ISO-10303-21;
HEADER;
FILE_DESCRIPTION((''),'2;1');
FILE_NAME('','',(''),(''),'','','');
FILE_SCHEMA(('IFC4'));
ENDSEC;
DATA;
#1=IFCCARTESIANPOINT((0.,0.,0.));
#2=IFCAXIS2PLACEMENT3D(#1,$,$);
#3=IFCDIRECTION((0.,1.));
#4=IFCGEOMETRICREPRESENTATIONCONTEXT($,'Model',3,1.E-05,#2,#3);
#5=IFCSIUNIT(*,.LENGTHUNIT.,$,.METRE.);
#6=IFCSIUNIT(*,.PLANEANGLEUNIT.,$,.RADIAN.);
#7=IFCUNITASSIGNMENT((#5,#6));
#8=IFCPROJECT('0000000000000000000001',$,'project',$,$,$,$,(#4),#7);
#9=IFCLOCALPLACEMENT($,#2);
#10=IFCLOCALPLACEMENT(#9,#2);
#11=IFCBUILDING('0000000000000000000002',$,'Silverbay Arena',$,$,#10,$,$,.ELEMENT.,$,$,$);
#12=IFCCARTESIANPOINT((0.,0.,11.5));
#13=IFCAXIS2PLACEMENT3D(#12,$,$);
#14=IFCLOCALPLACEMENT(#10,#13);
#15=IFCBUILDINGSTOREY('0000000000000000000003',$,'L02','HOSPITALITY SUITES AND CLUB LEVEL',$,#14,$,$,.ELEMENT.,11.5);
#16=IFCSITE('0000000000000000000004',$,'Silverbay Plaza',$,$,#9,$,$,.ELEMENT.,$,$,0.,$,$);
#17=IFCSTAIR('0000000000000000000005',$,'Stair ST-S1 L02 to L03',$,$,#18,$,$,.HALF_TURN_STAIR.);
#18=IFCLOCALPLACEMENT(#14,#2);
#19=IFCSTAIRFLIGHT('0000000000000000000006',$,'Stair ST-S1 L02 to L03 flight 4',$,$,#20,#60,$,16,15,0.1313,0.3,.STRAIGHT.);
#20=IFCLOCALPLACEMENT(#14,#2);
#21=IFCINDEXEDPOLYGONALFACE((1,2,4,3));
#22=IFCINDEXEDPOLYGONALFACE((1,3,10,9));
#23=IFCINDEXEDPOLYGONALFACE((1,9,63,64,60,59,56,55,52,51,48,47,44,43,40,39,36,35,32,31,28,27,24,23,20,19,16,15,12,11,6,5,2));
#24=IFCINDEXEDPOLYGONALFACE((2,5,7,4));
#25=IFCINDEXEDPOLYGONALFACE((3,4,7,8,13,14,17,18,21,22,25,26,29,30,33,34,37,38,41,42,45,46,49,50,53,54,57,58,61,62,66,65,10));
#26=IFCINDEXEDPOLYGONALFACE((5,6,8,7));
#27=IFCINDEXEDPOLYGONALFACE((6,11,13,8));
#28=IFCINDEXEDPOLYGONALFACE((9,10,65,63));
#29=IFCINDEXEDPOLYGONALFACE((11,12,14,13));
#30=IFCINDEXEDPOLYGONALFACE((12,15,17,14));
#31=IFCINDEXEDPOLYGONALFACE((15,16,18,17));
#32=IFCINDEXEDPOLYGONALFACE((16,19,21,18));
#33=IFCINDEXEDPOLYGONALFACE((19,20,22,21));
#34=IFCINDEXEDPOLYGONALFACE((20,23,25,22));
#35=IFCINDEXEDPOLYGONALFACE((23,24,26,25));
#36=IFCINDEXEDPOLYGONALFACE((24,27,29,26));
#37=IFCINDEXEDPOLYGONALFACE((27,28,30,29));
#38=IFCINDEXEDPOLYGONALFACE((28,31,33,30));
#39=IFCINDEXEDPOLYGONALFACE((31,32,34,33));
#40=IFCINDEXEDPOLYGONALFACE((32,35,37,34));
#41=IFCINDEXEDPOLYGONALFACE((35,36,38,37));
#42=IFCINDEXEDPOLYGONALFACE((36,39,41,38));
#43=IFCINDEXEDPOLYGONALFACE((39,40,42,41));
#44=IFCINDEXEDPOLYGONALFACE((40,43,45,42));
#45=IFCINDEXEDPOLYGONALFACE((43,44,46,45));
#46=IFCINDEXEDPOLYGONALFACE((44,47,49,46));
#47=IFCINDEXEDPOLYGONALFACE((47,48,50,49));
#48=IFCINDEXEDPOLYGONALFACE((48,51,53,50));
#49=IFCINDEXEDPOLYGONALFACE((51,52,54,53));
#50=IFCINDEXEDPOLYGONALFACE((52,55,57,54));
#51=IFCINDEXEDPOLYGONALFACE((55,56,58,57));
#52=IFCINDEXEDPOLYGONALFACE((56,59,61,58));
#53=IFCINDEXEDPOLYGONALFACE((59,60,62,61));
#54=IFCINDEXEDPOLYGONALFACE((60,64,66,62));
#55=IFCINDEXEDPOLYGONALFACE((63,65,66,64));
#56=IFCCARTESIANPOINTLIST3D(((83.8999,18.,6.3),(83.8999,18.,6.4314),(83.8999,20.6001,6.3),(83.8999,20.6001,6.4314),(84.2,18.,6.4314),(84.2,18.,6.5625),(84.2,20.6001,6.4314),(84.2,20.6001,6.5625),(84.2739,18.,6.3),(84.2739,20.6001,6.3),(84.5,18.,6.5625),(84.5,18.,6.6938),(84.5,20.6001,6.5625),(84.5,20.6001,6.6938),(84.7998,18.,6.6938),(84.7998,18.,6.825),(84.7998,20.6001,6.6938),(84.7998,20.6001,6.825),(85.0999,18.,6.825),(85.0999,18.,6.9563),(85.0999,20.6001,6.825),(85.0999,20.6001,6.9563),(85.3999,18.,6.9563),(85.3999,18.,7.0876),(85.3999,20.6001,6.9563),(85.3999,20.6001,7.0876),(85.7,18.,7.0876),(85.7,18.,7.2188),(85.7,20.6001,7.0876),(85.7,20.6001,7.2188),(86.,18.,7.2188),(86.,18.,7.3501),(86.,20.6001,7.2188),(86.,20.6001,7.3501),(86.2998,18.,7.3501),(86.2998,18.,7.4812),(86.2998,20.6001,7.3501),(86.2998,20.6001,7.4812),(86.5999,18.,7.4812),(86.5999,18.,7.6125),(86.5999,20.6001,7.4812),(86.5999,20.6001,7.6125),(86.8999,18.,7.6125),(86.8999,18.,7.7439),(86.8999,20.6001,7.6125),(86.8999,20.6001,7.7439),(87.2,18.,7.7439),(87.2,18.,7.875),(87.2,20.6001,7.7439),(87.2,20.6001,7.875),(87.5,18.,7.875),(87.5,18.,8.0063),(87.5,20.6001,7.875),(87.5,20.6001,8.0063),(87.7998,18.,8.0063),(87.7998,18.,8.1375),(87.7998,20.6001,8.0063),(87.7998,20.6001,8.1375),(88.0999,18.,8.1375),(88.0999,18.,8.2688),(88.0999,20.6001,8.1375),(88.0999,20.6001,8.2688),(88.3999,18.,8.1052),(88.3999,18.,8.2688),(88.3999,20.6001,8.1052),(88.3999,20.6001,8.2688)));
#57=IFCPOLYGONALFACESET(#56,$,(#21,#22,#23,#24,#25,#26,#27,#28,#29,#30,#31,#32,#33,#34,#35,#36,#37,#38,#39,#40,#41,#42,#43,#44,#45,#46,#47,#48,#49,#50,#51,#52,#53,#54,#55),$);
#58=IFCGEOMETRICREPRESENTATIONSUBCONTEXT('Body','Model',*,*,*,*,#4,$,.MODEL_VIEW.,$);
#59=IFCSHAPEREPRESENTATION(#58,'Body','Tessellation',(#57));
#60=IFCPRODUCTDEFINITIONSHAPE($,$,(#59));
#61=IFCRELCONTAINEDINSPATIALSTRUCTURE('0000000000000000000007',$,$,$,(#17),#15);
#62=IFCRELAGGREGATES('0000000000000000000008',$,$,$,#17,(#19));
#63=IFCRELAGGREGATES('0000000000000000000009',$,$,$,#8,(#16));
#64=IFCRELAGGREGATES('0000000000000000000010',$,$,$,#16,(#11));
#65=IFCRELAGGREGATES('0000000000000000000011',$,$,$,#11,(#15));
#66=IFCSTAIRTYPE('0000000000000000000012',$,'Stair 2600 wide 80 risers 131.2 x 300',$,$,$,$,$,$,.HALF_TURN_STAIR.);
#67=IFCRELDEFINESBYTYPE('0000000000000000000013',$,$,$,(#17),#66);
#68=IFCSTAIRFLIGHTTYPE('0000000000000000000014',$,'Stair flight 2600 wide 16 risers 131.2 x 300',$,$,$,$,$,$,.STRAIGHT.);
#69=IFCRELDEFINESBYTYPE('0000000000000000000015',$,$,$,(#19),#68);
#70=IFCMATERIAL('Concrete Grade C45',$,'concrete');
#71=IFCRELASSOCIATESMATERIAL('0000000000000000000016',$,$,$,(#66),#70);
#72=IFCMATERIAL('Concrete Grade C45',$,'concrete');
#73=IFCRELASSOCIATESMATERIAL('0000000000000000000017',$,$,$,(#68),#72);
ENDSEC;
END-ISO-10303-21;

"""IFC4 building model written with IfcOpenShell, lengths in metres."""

from ifc_helpers import new_model, si_unit, direction, frame, origin, place, context, subcontext, project, spatial, polyline, outline, extrude, material, type_object, element, aggregate, save


model = new_model("IFC4")

# Units and contexts
model_context = context("Model", 3, precision=1e-05, world=origin(), true_north=direction((0.0, 1.0)))
body_context = subcontext(model_context, "Body", "Model", "MODEL_VIEW")
ifc_project = project(units=[si_unit("LENGTHUNIT", "METRE"), si_unit("PLANEANGLEUNIT", "RADIAN")], contexts=[model_context])

# Site, building, storey
site_placement = place(None, origin())
site = spatial("IfcSite", under=ifc_project, at=site_placement, Name="Silverbay Plaza", CompositionType="ELEMENT", RefElevation=0.0)
building_placement = place(site_placement, origin())
building = spatial("IfcBuilding", under=site, at=building_placement, Name="Silverbay Arena", CompositionType="ELEMENT")
storey_placement = place(building_placement, frame((0.0, 0.0, 11.5)))
storey = spatial("IfcBuildingStorey", under=building, at=storey_placement, Name="L02", Description="HOSPITALITY SUITES AND CLUB LEVEL", CompositionType="ELEMENT", Elevation=11.5)

# Stair, stair flight
ifc_material_1 = material(Name="Concrete Grade C45", Category="concrete")
stair_type = type_object("IfcStairType", Name="Stair 2600 wide 80 risers 131.2 x 300", PredefinedType="HALF_TURN_STAIR", material=ifc_material_1)
stair_placement = place(storey_placement, origin())
stair = element("IfcStair", 1, at=stair_placement, inside=storey, type_object=stair_type, Name="Stair ST-S1 L02 to L03", PredefinedType="HALF_TURN_STAIR")
ifc_material_2 = material(Name="Concrete Grade C45", Category="concrete")
stair_flight_type = type_object("IfcStairFlightType", Name="Stair flight 2600 wide 16 risers 131.2 x 300", PredefinedType="STRAIGHT", material=ifc_material_2)
stair_flight_1_placement = place(storey_placement, frame((83.8999, 19.3, 6.3), z_axis=(0.0, 0.0, 1.0), x_axis=(1.0, 0.0, 0.0)))
stair_flight_1 = element("IfcStairFlight", 2, at=stair_flight_1_placement, type_object=stair_flight_type, Name="Stair ST-S1 L02 to L03 flight 4", NumberOfRisers=16, NumberOfTreads=15, PredefinedType="STRAIGHT", RiserHeight=0.1313, TreadLength=0.3, context=body_context, shape_type="SweptSolid", body=[
    extrude(outline(polyline([(0.0, 0.0), (0.0, 0.1313), (0.3, 0.1313), (0.3, 0.2625), (0.6001, 0.2625), (0.6001, 0.3938), (0.8999, 0.3938), (0.8999, 0.5249), (1.2, 0.5249), (1.2, 0.6562), (1.5, 0.6562), (1.5, 0.7876), (1.8, 0.7876), (1.8, 0.9187), (2.1001, 0.9187), (2.1001, 1.05), (2.3999, 1.05), (2.3999, 1.1812), (2.7, 1.1812), (2.7, 1.3125), (3.0, 1.3125), (3.0, 1.4438), (3.3, 1.4438), (3.3, 1.575), (3.6001, 1.575), (3.6001, 1.7063), (3.8999, 1.7063), (3.8999, 1.8374), (4.2, 1.8374), (4.2, 1.9688), (4.5, 1.9688), (4.5, 1.8052), (0.374, 0.0), (0.0, 0.0)])), frame((0.0, 1.3, 0.0), z_axis=(0.0, -1.0, 0.0), x_axis=(1.0, 0.0, 0.0)), (0.0, 0.0, 1.0), 2.6001),
])
aggregate(stair, [stair_flight_1])

save(model, "model.ifc")
